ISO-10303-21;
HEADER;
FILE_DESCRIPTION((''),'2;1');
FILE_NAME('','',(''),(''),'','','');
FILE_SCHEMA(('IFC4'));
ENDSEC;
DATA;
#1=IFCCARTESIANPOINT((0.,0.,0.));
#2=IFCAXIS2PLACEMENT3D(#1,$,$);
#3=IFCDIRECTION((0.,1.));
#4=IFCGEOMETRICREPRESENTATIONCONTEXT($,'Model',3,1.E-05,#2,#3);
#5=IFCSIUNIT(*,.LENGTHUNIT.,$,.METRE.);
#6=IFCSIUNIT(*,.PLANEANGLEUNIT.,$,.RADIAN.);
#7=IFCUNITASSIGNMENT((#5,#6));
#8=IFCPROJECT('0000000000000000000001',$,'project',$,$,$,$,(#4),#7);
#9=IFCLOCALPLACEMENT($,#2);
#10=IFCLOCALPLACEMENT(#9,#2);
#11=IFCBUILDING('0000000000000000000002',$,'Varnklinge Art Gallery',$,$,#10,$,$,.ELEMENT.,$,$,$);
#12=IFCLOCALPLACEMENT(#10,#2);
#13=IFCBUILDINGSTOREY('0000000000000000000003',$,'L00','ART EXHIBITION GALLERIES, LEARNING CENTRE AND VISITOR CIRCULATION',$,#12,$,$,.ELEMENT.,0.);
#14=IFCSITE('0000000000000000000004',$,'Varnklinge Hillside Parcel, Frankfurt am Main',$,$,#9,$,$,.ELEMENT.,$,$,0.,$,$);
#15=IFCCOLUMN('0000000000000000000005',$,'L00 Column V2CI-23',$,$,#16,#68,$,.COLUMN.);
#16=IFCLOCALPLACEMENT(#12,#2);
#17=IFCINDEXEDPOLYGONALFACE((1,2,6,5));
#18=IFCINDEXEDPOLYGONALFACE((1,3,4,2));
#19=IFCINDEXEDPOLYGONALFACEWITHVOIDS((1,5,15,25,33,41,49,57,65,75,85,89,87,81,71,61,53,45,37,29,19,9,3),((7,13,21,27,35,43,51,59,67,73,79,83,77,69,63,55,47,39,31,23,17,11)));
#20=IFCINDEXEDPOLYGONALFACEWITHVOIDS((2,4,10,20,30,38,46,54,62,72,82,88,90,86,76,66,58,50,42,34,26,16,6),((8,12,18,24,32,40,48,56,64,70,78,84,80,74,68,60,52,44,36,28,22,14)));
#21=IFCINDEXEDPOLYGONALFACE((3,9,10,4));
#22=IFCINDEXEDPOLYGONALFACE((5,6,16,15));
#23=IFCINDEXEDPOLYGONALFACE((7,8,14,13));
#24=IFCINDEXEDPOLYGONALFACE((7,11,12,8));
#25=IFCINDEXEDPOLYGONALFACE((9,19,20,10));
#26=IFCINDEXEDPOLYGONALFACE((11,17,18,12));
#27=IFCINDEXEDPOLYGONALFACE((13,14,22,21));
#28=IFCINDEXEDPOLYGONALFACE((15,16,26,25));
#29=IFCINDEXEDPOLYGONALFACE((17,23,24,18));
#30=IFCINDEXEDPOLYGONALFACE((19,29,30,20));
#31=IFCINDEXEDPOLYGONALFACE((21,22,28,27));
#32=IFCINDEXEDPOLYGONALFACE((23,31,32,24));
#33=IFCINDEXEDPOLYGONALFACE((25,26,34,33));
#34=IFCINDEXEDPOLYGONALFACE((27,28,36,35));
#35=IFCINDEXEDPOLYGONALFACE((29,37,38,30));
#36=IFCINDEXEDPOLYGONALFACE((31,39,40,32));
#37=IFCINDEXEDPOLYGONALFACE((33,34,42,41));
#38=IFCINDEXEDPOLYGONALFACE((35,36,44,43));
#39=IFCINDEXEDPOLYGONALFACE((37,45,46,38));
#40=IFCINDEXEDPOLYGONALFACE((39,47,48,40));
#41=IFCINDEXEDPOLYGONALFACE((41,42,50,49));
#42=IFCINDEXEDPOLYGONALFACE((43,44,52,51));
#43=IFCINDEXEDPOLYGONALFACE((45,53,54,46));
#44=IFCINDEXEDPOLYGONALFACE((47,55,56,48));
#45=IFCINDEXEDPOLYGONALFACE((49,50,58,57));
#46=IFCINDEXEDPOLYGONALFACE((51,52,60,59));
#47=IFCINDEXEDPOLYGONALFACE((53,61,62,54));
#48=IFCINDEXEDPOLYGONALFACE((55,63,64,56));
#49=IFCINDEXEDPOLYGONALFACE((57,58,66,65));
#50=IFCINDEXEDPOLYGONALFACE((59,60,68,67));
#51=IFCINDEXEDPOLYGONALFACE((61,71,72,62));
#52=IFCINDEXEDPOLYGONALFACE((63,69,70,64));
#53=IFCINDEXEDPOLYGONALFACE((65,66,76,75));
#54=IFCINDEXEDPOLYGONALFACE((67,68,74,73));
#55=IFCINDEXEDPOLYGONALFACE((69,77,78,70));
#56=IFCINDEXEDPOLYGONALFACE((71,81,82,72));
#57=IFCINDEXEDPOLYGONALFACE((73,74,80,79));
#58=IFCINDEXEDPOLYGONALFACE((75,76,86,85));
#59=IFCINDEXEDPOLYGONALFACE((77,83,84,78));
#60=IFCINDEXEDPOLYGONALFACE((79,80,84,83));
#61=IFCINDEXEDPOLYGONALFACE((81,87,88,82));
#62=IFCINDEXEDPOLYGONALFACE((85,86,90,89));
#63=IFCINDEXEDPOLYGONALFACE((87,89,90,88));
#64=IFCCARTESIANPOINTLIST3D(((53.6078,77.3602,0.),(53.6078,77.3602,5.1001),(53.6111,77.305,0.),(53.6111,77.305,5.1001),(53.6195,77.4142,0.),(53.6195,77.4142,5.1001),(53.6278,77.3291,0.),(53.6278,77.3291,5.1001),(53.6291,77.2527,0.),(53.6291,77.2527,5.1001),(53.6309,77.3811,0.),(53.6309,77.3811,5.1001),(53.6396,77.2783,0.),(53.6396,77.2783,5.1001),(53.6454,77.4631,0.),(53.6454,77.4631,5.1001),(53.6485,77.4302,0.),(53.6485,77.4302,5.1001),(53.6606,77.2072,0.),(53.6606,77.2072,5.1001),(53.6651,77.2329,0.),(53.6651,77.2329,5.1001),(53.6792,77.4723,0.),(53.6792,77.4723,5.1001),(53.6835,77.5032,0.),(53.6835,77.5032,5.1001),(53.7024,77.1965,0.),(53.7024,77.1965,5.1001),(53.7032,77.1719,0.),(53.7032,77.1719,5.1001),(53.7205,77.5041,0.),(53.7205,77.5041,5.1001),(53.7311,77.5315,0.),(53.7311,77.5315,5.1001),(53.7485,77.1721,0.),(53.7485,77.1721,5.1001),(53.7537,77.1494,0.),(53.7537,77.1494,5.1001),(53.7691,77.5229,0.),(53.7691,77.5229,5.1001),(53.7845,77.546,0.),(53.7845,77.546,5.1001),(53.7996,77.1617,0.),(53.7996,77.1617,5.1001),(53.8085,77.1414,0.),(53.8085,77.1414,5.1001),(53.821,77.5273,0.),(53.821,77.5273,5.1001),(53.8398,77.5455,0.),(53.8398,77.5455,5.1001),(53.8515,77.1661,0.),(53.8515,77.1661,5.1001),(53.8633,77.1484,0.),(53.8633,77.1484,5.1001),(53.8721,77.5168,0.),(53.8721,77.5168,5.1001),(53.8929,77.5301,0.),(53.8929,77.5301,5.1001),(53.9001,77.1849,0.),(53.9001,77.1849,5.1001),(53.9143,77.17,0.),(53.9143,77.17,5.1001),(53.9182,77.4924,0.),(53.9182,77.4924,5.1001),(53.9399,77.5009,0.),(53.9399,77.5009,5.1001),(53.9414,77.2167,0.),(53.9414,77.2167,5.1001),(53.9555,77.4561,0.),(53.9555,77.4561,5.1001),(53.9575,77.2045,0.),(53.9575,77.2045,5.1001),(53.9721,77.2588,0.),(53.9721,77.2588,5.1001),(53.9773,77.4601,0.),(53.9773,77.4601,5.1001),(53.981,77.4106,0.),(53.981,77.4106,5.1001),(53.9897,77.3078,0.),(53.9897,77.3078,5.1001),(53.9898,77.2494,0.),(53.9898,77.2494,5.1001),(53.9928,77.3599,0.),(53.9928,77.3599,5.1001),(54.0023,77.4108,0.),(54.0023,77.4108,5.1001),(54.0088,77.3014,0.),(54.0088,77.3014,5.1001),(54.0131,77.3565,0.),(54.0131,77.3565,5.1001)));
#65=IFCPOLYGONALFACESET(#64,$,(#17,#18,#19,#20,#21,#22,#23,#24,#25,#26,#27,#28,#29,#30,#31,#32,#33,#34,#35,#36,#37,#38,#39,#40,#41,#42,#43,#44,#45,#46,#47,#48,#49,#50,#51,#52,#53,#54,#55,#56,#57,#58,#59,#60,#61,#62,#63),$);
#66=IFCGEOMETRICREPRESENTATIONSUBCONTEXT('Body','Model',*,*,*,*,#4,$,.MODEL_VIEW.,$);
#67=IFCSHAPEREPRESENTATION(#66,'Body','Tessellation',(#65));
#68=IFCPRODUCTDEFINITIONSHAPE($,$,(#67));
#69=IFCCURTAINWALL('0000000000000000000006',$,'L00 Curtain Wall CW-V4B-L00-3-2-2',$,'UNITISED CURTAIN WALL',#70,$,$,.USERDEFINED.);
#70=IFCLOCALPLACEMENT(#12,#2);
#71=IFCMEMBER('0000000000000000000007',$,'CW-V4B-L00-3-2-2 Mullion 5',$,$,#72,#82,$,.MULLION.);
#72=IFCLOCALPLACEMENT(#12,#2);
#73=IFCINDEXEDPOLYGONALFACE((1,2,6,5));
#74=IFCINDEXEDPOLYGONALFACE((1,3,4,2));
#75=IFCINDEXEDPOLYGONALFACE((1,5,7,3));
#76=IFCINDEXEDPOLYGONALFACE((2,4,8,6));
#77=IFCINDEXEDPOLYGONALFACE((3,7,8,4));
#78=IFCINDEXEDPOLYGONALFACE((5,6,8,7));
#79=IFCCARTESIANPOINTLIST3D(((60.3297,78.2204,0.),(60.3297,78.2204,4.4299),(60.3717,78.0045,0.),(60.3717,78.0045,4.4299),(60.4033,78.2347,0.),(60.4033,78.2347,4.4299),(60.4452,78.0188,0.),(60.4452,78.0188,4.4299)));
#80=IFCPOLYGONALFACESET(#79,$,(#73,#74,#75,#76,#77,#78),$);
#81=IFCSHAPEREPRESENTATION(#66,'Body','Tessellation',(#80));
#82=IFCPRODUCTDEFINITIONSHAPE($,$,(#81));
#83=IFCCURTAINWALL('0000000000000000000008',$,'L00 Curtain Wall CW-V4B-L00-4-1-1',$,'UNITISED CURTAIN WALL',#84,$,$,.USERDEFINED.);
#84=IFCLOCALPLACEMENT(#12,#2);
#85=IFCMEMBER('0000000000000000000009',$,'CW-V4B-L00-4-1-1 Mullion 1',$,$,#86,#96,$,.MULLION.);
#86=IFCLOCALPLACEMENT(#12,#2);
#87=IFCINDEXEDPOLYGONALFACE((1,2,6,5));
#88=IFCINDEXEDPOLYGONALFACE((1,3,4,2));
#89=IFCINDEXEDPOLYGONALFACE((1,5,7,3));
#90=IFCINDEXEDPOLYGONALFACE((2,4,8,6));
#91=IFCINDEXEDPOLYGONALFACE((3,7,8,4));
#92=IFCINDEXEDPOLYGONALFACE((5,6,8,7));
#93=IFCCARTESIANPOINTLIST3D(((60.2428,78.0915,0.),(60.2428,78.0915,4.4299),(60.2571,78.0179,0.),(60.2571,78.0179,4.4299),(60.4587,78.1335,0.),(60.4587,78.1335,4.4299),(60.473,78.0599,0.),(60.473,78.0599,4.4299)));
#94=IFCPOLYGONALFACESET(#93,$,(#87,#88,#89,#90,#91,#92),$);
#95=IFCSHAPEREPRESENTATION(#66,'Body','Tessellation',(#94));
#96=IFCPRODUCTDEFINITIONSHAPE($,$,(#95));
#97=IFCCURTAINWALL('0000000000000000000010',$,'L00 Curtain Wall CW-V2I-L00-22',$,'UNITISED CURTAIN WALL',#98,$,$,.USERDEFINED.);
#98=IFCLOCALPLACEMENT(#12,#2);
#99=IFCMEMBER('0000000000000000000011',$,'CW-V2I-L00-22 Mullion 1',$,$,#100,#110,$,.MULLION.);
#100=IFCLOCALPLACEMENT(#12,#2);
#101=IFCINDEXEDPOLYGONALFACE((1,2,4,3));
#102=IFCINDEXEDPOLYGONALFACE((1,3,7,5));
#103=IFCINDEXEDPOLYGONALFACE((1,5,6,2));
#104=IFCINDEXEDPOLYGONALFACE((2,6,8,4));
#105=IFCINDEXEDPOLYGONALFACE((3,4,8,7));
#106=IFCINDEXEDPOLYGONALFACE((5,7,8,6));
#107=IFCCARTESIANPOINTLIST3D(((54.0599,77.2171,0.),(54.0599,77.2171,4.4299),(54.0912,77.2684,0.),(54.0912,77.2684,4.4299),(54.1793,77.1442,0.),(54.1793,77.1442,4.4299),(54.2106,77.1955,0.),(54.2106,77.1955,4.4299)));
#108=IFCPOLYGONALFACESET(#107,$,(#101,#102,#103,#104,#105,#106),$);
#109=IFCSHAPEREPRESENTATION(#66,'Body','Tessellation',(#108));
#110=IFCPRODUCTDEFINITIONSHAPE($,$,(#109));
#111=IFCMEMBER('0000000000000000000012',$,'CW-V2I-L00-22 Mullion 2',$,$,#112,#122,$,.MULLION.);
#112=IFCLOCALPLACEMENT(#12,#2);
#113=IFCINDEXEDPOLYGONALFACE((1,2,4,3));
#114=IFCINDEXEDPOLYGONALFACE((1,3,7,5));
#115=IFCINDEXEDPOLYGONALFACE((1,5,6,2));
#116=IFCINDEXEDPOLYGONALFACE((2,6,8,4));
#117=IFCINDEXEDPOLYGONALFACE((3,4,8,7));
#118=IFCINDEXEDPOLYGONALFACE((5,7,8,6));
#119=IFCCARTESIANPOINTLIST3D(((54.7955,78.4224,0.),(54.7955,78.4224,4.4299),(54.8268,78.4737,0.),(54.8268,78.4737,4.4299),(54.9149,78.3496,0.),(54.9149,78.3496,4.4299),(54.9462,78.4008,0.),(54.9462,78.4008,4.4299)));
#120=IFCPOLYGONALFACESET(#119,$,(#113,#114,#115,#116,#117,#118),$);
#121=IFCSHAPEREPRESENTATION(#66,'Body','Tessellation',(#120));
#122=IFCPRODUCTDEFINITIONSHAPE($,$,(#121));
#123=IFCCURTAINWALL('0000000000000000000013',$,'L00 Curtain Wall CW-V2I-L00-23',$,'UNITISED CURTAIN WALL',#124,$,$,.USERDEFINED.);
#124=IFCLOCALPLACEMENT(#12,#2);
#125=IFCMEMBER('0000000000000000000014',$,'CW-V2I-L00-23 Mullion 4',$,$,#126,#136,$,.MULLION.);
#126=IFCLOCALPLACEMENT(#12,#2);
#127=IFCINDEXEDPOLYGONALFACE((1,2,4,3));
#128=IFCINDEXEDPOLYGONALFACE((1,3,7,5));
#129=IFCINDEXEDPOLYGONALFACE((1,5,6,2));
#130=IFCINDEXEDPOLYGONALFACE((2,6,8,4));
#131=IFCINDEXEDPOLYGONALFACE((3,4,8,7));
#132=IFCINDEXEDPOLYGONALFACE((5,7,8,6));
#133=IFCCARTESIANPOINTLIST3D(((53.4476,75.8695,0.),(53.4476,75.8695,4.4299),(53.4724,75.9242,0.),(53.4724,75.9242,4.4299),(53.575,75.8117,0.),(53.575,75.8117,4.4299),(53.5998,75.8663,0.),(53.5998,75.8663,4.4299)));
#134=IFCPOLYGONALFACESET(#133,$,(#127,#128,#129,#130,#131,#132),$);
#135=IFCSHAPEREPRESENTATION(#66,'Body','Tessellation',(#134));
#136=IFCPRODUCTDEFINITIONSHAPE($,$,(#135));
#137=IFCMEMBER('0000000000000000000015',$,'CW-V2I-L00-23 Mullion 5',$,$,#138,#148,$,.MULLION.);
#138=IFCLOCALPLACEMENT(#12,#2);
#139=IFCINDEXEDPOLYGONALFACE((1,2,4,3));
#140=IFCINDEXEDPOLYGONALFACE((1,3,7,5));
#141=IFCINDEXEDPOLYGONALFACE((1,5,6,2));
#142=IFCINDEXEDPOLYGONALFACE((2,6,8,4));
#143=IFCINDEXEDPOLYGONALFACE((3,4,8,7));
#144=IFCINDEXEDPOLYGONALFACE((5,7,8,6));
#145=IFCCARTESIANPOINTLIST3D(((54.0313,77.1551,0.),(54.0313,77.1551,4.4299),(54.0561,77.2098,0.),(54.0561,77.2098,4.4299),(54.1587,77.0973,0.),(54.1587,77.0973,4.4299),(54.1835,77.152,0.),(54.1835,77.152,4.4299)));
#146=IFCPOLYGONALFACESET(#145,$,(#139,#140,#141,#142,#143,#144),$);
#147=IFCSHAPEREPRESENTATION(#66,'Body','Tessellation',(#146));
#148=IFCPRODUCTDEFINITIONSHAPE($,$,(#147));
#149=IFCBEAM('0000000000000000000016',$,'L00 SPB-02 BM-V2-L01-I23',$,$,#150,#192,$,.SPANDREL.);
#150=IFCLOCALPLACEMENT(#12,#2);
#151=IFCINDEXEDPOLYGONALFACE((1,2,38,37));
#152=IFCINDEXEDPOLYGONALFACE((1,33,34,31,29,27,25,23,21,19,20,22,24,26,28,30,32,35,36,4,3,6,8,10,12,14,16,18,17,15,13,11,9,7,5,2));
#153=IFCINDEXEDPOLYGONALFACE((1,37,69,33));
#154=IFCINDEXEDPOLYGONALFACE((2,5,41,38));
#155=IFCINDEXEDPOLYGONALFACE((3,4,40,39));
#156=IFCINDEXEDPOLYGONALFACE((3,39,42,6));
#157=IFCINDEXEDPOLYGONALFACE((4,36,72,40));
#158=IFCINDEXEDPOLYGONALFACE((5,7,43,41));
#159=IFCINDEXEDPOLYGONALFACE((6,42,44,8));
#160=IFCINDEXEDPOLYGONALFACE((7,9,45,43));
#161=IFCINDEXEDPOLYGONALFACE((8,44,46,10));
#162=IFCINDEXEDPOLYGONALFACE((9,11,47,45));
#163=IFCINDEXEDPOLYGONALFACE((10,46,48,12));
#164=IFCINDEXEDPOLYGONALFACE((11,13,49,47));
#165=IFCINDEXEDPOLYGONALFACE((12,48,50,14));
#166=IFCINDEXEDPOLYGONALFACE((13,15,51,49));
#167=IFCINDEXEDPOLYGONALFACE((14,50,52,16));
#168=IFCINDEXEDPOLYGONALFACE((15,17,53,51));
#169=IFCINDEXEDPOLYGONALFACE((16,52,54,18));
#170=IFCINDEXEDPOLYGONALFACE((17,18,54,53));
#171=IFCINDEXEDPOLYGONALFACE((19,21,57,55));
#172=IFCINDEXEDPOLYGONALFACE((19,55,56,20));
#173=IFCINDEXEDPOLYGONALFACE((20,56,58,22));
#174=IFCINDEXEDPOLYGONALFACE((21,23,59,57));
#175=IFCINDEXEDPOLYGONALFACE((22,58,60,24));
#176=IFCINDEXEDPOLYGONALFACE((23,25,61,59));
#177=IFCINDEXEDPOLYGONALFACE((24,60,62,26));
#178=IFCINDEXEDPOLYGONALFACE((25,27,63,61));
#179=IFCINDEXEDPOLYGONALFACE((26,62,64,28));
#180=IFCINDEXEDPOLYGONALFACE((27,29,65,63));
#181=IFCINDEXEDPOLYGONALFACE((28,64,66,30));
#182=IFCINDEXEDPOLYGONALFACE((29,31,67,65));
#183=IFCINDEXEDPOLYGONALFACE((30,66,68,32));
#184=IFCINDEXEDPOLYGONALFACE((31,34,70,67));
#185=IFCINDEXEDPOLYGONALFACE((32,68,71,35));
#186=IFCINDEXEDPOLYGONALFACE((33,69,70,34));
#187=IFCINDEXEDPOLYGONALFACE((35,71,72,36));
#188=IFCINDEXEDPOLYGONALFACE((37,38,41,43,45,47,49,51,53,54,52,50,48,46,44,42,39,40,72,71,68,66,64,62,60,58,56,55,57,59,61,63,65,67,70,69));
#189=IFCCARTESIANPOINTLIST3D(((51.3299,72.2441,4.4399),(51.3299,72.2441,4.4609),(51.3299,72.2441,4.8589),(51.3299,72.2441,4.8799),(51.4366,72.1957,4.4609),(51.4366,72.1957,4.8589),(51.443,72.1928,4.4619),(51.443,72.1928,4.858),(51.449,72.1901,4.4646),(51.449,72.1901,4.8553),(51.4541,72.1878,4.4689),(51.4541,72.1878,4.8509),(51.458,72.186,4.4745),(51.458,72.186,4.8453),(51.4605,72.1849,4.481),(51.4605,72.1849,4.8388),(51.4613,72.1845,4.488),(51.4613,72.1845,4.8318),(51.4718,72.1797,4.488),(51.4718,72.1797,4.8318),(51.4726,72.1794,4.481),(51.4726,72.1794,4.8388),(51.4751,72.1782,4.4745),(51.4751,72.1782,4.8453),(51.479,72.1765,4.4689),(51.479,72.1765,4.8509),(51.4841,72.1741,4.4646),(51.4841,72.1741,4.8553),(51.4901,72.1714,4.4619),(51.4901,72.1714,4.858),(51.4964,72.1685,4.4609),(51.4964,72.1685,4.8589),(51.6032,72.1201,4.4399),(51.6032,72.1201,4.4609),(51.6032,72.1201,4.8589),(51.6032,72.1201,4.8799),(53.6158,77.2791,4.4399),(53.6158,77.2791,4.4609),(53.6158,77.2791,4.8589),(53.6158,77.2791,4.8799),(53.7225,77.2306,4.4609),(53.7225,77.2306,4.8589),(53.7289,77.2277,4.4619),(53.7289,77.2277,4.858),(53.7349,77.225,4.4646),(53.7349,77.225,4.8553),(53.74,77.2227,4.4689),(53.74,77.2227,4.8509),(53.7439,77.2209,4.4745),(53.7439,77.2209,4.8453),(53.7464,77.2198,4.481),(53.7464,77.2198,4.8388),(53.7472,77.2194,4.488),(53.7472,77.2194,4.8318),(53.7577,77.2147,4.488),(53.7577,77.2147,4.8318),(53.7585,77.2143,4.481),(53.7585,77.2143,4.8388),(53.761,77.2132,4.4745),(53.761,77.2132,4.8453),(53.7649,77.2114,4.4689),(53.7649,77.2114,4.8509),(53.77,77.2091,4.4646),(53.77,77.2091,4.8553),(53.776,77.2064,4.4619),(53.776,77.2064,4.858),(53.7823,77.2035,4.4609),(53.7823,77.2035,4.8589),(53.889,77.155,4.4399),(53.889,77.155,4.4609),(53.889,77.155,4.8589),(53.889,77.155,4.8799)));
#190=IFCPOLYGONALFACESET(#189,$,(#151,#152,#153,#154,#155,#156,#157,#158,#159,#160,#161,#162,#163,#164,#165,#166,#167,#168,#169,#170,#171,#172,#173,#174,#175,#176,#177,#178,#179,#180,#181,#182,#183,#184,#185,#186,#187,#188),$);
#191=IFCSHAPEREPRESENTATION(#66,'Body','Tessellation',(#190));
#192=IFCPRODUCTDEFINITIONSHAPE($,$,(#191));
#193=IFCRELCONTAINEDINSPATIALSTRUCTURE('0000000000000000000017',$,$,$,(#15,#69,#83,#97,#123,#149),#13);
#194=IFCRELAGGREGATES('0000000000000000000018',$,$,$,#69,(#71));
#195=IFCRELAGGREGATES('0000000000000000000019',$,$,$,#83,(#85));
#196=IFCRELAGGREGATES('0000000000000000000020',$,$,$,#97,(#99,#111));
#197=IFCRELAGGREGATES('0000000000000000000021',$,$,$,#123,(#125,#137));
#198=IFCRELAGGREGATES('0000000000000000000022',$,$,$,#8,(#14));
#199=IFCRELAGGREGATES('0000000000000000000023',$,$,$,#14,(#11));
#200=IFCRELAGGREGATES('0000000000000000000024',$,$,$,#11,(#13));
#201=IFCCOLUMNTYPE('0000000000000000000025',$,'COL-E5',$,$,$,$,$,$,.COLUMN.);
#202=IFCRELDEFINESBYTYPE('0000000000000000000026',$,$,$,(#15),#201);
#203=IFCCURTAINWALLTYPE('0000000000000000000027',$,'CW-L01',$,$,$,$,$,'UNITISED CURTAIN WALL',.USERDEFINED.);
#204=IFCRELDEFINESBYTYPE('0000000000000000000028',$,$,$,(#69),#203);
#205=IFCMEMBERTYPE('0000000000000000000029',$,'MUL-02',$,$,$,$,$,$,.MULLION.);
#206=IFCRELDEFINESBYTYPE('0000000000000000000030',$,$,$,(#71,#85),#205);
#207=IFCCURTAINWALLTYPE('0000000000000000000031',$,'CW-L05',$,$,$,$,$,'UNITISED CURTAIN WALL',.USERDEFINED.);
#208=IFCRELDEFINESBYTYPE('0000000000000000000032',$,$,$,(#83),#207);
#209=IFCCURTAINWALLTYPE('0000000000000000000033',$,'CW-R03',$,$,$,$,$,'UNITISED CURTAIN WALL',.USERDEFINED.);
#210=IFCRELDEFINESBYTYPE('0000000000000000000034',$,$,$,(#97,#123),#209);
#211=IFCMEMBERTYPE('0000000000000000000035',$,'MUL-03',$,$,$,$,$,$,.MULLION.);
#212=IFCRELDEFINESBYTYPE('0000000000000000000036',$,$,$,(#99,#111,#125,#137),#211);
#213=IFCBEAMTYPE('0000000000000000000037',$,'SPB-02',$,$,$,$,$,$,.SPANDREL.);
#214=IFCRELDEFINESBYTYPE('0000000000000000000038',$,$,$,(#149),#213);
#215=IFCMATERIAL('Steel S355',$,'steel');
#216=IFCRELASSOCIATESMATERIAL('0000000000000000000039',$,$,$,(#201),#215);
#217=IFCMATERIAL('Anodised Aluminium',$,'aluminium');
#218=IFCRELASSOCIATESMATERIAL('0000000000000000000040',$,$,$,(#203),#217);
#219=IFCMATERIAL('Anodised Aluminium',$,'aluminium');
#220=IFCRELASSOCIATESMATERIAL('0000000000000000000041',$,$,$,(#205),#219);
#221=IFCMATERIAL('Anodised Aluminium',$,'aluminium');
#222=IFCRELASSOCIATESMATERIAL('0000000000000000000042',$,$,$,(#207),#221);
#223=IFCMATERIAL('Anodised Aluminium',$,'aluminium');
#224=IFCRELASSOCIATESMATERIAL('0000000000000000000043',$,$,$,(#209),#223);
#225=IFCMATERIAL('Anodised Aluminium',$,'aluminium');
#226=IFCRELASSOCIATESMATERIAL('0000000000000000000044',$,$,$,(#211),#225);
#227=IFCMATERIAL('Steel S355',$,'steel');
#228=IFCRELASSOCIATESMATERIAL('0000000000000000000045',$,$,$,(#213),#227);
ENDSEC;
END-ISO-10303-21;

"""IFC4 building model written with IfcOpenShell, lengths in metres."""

from ifc_helpers import new_model, si_unit, direction, frame, origin, origin_2d, place, context, subcontext, project, spatial, rectangle, hollow_circle, i_section, extrude, material, material_profile, profile_set, type_object, element, aggregate, save


model = new_model("IFC4")

# Units and contexts
model_context = context("Model", 3, precision=1e-05, world=origin(), true_north=direction((0.0, 1.0)))
body_context = subcontext(model_context, "Body", "Model", "MODEL_VIEW")
ifc_project = project(units=[si_unit("LENGTHUNIT", "METRE"), si_unit("PLANEANGLEUNIT", "RADIAN")], contexts=[model_context])

# Site, building, storey
site_placement = place(None, origin())
site = spatial("IfcSite", under=ifc_project, at=site_placement, Name="Varnklinge Hillside Parcel, Frankfurt am Main", CompositionType="ELEMENT", RefElevation=0.0)
building_placement = place(site_placement, origin())
building = spatial("IfcBuilding", under=site, at=building_placement, Name="Varnklinge Art Gallery", CompositionType="ELEMENT")
storey_placement = place(building_placement, origin())
storey = spatial("IfcBuildingStorey", under=building, at=storey_placement, Name="L00", Description="ART EXHIBITION GALLERIES, LEARNING CENTRE AND VISITOR CIRCULATION", CompositionType="ELEMENT", Elevation=0.0)

# Column
ifc_material_1 = material(Name="Steel S355", Category="steel")
ifc_material_profile_1 = material_profile(ifc_material_1, hollow_circle(Radius=0.2031, WallThickness=0.02, at=origin_2d()), Name="CHS 406.4x20")
ifc_profile_set_1 = profile_set([ifc_material_profile_1], Name="Steel S355")
column_type = type_object("IfcColumnType", Name="COL-E5", PredefinedType="COLUMN", material=ifc_profile_set_1)
column_placement = place(storey_placement, frame((53.8103, 77.3445, 0.0), z_axis=(0.0, 0.0, 1.0), x_axis=(0.883684, -0.468084, 0.0)))
element("IfcColumn", 1, at=column_placement, inside=storey, type_object=column_type, Name="L00 Column V2CI-23", PredefinedType="COLUMN", context=body_context, shape_type="SweptSolid", body=[
    extrude(hollow_circle(Radius=0.2031, WallThickness=0.02, at=origin_2d()), origin(), (0.0, 0.0, 1.0), 5.1001),
])

# Curtain walls, members
ifc_material_2 = material(Name="Anodised Aluminium", Category="aluminium")
curtain_wall_type_1 = type_object("IfcCurtainWallType", Name="CW-L01", ElementType="UNITISED CURTAIN WALL", PredefinedType="USERDEFINED", material=ifc_material_2)
curtain_wall_1_placement = place(storey_placement, origin())
curtain_wall_1 = element("IfcCurtainWall", 2, at=curtain_wall_1_placement, inside=storey, type_object=curtain_wall_type_1, Name="L00 Curtain Wall CW-V4B-L00-3-2-2", ObjectType="UNITISED CURTAIN WALL", PredefinedType="USERDEFINED")
ifc_material_3 = material(Name="Anodised Aluminium", Category="aluminium")
ifc_material_profile_2 = material_profile(ifc_material_3, rectangle(XDim=0.075, YDim=0.22, at=origin_2d()), Name="ALU 75x220")
ifc_profile_set_2 = profile_set([ifc_material_profile_2], Name="Anodised Aluminium")
member_type_1 = type_object("IfcMemberType", Name="MUL-02", PredefinedType="MULLION", material=ifc_profile_set_2)
member_1_placement = place(storey_placement, frame((60.3875, 78.1196, 0.0), z_axis=(0.0, 0.0, 1.0), x_axis=(-0.981627, -0.190809, 0.0)))
member_1 = element("IfcMember", 3, at=member_1_placement, type_object=member_type_1, Name="CW-V4B-L00-3-2-2 Mullion 5", PredefinedType="MULLION", context=body_context, shape_type="SweptSolid", body=[
    extrude(rectangle(XDim=0.075, YDim=0.22, at=origin_2d()), origin(), (0.0, 0.0, 1.0), 4.4299),
])
aggregate(curtain_wall_1, [member_1])
ifc_material_4 = material(Name="Anodised Aluminium", Category="aluminium")
curtain_wall_type_2 = type_object("IfcCurtainWallType", Name="CW-L05", ElementType="UNITISED CURTAIN WALL", PredefinedType="USERDEFINED", material=ifc_material_4)
curtain_wall_2_placement = place(storey_placement, origin())
curtain_wall_2 = element("IfcCurtainWall", 4, at=curtain_wall_2_placement, inside=storey, type_object=curtain_wall_type_2, Name="L00 Curtain Wall CW-V4B-L00-4-1-1", ObjectType="UNITISED CURTAIN WALL", PredefinedType="USERDEFINED")
member_2_placement = place(storey_placement, frame((60.3579, 78.0757, 0.0), z_axis=(0.0, 0.0, 1.0), x_axis=(0.190809, -0.981627, 0.0)))
member_2 = element("IfcMember", 5, at=member_2_placement, type_object=member_type_1, Name="CW-V4B-L00-4-1-1 Mullion 1", PredefinedType="MULLION", context=body_context, shape_type="SweptSolid", body=[
    extrude(rectangle(XDim=0.075, YDim=0.22, at=origin_2d()), origin(), (0.0, 0.0, 1.0), 4.4299),
])

# Curtain walls, members
ifc_material_5 = material(Name="Anodised Aluminium", Category="aluminium")
curtain_wall_type_3 = type_object("IfcCurtainWallType", Name="CW-R03", ElementType="UNITISED CURTAIN WALL", PredefinedType="USERDEFINED", material=ifc_material_5)
curtain_wall_3_placement = place(storey_placement, origin())
curtain_wall_3 = element("IfcCurtainWall", 6, at=curtain_wall_3_placement, inside=storey, type_object=curtain_wall_type_3, Name="L00 Curtain Wall CW-V2I-L00-22", ObjectType="UNITISED CURTAIN WALL", PredefinedType="USERDEFINED")
ifc_material_6 = material(Name="Anodised Aluminium", Category="aluminium")
ifc_material_profile_3 = material_profile(ifc_material_6, rectangle(XDim=0.0601, YDim=0.1399, at=origin_2d()), Name="ALU 60x140")
ifc_profile_set_3 = profile_set([ifc_material_profile_3], Name="Anodised Aluminium")
member_type_2 = type_object("IfcMemberType", Name="MUL-03", PredefinedType="MULLION", material=ifc_profile_set_3)
member_3_placement = place(storey_placement, frame((54.1353, 77.2063, 0.0), z_axis=(0.0, 0.0, 1.0), x_axis=(0.520861, 0.853642, 0.0)))
member_3 = element("IfcMember", 7, at=member_3_placement, type_object=member_type_2, Name="CW-V2I-L00-22 Mullion 1", PredefinedType="MULLION", context=body_context, shape_type="SweptSolid", body=[
    extrude(rectangle(XDim=0.0601, YDim=0.1399, at=origin_2d()), origin(), (0.0, 0.0, 1.0), 4.4299),
])
member_4_placement = place(storey_placement, frame((54.8708, 78.4116, 0.0), z_axis=(0.0, 0.0, 1.0), x_axis=(0.520861, 0.853642, 0.0)))
member_4 = element("IfcMember", 8, at=member_4_placement, type_object=member_type_2, Name="CW-V2I-L00-22 Mullion 2", PredefinedType="MULLION", context=body_context, shape_type="SweptSolid", body=[
    extrude(rectangle(XDim=0.0601, YDim=0.1399, at=origin_2d()), origin(), (0.0, 0.0, 1.0), 4.4299),
])
curtain_wall_4_placement = place(storey_placement, origin())
curtain_wall_4 = element("IfcCurtainWall", 9, at=curtain_wall_4_placement, inside=storey, type_object=curtain_wall_type_3, Name="L00 Curtain Wall CW-V2I-L00-23", ObjectType="UNITISED CURTAIN WALL", PredefinedType="USERDEFINED")
member_5_placement = place(storey_placement, frame((53.5237, 75.8679, 0.0), z_axis=(0.0, 0.0, 1.0), x_axis=(0.413422, 0.910539, 0.0)))
member_5 = element("IfcMember", 10, at=member_5_placement, type_object=member_type_2, Name="CW-V2I-L00-23 Mullion 4", PredefinedType="MULLION", context=body_context, shape_type="SweptSolid", body=[
    extrude(rectangle(XDim=0.0601, YDim=0.1399, at=origin_2d()), origin(), (0.0, 0.0, 1.0), 4.4299),
])
member_6_placement = place(storey_placement, frame((54.1074, 77.1536, 0.0), z_axis=(0.0, 0.0, 1.0), x_axis=(0.413422, 0.910539, 0.0)))
member_6 = element("IfcMember", 11, at=member_6_placement, type_object=member_type_2, Name="CW-V2I-L00-23 Mullion 5", PredefinedType="MULLION", context=body_context, shape_type="SweptSolid", body=[
    extrude(rectangle(XDim=0.0601, YDim=0.1399, at=origin_2d()), origin(), (0.0, 0.0, 1.0), 4.4299),
])

# Beam
ifc_material_7 = material(Name="Steel S355", Category="steel")
ifc_material_profile_4 = material_profile(ifc_material_7, i_section(OverallWidth=0.3, OverallDepth=0.4399, WebThickness=0.0115, FlangeThickness=0.021, FilletRadius=0.0271, at=origin_2d()), Name="HEA 450")
ifc_profile_set_4 = profile_set([ifc_material_profile_4], Name="Steel S355")
beam_type = type_object("IfcBeamType", Name="SPB-02", PredefinedType="SPANDREL", material=ifc_profile_set_4)
beam_placement = place(storey_placement, frame((53.7524, 77.217, 4.6599), z_axis=(-0.413397, -0.910551, 0.0), x_axis=(0.910551, -0.413397, 0.0)))
element("IfcBeam", 12, at=beam_placement, inside=storey, type_object=beam_type, Name="L00 SPB-02 BM-V2-L01-I23", PredefinedType="SPANDREL", context=body_context, shape_type="SweptSolid", body=[
    extrude(i_section(OverallWidth=0.3, OverallDepth=0.4399, WebThickness=0.0115, FlangeThickness=0.021, FilletRadius=0.0271, at=origin_2d()), origin(), (0.0, 0.0, 1.0), 5.5295),
])

aggregate(curtain_wall_2, [member_2])

aggregate(curtain_wall_3, [member_3, member_4])
aggregate(curtain_wall_4, [member_5, member_6])

save(model, "model.ifc")
